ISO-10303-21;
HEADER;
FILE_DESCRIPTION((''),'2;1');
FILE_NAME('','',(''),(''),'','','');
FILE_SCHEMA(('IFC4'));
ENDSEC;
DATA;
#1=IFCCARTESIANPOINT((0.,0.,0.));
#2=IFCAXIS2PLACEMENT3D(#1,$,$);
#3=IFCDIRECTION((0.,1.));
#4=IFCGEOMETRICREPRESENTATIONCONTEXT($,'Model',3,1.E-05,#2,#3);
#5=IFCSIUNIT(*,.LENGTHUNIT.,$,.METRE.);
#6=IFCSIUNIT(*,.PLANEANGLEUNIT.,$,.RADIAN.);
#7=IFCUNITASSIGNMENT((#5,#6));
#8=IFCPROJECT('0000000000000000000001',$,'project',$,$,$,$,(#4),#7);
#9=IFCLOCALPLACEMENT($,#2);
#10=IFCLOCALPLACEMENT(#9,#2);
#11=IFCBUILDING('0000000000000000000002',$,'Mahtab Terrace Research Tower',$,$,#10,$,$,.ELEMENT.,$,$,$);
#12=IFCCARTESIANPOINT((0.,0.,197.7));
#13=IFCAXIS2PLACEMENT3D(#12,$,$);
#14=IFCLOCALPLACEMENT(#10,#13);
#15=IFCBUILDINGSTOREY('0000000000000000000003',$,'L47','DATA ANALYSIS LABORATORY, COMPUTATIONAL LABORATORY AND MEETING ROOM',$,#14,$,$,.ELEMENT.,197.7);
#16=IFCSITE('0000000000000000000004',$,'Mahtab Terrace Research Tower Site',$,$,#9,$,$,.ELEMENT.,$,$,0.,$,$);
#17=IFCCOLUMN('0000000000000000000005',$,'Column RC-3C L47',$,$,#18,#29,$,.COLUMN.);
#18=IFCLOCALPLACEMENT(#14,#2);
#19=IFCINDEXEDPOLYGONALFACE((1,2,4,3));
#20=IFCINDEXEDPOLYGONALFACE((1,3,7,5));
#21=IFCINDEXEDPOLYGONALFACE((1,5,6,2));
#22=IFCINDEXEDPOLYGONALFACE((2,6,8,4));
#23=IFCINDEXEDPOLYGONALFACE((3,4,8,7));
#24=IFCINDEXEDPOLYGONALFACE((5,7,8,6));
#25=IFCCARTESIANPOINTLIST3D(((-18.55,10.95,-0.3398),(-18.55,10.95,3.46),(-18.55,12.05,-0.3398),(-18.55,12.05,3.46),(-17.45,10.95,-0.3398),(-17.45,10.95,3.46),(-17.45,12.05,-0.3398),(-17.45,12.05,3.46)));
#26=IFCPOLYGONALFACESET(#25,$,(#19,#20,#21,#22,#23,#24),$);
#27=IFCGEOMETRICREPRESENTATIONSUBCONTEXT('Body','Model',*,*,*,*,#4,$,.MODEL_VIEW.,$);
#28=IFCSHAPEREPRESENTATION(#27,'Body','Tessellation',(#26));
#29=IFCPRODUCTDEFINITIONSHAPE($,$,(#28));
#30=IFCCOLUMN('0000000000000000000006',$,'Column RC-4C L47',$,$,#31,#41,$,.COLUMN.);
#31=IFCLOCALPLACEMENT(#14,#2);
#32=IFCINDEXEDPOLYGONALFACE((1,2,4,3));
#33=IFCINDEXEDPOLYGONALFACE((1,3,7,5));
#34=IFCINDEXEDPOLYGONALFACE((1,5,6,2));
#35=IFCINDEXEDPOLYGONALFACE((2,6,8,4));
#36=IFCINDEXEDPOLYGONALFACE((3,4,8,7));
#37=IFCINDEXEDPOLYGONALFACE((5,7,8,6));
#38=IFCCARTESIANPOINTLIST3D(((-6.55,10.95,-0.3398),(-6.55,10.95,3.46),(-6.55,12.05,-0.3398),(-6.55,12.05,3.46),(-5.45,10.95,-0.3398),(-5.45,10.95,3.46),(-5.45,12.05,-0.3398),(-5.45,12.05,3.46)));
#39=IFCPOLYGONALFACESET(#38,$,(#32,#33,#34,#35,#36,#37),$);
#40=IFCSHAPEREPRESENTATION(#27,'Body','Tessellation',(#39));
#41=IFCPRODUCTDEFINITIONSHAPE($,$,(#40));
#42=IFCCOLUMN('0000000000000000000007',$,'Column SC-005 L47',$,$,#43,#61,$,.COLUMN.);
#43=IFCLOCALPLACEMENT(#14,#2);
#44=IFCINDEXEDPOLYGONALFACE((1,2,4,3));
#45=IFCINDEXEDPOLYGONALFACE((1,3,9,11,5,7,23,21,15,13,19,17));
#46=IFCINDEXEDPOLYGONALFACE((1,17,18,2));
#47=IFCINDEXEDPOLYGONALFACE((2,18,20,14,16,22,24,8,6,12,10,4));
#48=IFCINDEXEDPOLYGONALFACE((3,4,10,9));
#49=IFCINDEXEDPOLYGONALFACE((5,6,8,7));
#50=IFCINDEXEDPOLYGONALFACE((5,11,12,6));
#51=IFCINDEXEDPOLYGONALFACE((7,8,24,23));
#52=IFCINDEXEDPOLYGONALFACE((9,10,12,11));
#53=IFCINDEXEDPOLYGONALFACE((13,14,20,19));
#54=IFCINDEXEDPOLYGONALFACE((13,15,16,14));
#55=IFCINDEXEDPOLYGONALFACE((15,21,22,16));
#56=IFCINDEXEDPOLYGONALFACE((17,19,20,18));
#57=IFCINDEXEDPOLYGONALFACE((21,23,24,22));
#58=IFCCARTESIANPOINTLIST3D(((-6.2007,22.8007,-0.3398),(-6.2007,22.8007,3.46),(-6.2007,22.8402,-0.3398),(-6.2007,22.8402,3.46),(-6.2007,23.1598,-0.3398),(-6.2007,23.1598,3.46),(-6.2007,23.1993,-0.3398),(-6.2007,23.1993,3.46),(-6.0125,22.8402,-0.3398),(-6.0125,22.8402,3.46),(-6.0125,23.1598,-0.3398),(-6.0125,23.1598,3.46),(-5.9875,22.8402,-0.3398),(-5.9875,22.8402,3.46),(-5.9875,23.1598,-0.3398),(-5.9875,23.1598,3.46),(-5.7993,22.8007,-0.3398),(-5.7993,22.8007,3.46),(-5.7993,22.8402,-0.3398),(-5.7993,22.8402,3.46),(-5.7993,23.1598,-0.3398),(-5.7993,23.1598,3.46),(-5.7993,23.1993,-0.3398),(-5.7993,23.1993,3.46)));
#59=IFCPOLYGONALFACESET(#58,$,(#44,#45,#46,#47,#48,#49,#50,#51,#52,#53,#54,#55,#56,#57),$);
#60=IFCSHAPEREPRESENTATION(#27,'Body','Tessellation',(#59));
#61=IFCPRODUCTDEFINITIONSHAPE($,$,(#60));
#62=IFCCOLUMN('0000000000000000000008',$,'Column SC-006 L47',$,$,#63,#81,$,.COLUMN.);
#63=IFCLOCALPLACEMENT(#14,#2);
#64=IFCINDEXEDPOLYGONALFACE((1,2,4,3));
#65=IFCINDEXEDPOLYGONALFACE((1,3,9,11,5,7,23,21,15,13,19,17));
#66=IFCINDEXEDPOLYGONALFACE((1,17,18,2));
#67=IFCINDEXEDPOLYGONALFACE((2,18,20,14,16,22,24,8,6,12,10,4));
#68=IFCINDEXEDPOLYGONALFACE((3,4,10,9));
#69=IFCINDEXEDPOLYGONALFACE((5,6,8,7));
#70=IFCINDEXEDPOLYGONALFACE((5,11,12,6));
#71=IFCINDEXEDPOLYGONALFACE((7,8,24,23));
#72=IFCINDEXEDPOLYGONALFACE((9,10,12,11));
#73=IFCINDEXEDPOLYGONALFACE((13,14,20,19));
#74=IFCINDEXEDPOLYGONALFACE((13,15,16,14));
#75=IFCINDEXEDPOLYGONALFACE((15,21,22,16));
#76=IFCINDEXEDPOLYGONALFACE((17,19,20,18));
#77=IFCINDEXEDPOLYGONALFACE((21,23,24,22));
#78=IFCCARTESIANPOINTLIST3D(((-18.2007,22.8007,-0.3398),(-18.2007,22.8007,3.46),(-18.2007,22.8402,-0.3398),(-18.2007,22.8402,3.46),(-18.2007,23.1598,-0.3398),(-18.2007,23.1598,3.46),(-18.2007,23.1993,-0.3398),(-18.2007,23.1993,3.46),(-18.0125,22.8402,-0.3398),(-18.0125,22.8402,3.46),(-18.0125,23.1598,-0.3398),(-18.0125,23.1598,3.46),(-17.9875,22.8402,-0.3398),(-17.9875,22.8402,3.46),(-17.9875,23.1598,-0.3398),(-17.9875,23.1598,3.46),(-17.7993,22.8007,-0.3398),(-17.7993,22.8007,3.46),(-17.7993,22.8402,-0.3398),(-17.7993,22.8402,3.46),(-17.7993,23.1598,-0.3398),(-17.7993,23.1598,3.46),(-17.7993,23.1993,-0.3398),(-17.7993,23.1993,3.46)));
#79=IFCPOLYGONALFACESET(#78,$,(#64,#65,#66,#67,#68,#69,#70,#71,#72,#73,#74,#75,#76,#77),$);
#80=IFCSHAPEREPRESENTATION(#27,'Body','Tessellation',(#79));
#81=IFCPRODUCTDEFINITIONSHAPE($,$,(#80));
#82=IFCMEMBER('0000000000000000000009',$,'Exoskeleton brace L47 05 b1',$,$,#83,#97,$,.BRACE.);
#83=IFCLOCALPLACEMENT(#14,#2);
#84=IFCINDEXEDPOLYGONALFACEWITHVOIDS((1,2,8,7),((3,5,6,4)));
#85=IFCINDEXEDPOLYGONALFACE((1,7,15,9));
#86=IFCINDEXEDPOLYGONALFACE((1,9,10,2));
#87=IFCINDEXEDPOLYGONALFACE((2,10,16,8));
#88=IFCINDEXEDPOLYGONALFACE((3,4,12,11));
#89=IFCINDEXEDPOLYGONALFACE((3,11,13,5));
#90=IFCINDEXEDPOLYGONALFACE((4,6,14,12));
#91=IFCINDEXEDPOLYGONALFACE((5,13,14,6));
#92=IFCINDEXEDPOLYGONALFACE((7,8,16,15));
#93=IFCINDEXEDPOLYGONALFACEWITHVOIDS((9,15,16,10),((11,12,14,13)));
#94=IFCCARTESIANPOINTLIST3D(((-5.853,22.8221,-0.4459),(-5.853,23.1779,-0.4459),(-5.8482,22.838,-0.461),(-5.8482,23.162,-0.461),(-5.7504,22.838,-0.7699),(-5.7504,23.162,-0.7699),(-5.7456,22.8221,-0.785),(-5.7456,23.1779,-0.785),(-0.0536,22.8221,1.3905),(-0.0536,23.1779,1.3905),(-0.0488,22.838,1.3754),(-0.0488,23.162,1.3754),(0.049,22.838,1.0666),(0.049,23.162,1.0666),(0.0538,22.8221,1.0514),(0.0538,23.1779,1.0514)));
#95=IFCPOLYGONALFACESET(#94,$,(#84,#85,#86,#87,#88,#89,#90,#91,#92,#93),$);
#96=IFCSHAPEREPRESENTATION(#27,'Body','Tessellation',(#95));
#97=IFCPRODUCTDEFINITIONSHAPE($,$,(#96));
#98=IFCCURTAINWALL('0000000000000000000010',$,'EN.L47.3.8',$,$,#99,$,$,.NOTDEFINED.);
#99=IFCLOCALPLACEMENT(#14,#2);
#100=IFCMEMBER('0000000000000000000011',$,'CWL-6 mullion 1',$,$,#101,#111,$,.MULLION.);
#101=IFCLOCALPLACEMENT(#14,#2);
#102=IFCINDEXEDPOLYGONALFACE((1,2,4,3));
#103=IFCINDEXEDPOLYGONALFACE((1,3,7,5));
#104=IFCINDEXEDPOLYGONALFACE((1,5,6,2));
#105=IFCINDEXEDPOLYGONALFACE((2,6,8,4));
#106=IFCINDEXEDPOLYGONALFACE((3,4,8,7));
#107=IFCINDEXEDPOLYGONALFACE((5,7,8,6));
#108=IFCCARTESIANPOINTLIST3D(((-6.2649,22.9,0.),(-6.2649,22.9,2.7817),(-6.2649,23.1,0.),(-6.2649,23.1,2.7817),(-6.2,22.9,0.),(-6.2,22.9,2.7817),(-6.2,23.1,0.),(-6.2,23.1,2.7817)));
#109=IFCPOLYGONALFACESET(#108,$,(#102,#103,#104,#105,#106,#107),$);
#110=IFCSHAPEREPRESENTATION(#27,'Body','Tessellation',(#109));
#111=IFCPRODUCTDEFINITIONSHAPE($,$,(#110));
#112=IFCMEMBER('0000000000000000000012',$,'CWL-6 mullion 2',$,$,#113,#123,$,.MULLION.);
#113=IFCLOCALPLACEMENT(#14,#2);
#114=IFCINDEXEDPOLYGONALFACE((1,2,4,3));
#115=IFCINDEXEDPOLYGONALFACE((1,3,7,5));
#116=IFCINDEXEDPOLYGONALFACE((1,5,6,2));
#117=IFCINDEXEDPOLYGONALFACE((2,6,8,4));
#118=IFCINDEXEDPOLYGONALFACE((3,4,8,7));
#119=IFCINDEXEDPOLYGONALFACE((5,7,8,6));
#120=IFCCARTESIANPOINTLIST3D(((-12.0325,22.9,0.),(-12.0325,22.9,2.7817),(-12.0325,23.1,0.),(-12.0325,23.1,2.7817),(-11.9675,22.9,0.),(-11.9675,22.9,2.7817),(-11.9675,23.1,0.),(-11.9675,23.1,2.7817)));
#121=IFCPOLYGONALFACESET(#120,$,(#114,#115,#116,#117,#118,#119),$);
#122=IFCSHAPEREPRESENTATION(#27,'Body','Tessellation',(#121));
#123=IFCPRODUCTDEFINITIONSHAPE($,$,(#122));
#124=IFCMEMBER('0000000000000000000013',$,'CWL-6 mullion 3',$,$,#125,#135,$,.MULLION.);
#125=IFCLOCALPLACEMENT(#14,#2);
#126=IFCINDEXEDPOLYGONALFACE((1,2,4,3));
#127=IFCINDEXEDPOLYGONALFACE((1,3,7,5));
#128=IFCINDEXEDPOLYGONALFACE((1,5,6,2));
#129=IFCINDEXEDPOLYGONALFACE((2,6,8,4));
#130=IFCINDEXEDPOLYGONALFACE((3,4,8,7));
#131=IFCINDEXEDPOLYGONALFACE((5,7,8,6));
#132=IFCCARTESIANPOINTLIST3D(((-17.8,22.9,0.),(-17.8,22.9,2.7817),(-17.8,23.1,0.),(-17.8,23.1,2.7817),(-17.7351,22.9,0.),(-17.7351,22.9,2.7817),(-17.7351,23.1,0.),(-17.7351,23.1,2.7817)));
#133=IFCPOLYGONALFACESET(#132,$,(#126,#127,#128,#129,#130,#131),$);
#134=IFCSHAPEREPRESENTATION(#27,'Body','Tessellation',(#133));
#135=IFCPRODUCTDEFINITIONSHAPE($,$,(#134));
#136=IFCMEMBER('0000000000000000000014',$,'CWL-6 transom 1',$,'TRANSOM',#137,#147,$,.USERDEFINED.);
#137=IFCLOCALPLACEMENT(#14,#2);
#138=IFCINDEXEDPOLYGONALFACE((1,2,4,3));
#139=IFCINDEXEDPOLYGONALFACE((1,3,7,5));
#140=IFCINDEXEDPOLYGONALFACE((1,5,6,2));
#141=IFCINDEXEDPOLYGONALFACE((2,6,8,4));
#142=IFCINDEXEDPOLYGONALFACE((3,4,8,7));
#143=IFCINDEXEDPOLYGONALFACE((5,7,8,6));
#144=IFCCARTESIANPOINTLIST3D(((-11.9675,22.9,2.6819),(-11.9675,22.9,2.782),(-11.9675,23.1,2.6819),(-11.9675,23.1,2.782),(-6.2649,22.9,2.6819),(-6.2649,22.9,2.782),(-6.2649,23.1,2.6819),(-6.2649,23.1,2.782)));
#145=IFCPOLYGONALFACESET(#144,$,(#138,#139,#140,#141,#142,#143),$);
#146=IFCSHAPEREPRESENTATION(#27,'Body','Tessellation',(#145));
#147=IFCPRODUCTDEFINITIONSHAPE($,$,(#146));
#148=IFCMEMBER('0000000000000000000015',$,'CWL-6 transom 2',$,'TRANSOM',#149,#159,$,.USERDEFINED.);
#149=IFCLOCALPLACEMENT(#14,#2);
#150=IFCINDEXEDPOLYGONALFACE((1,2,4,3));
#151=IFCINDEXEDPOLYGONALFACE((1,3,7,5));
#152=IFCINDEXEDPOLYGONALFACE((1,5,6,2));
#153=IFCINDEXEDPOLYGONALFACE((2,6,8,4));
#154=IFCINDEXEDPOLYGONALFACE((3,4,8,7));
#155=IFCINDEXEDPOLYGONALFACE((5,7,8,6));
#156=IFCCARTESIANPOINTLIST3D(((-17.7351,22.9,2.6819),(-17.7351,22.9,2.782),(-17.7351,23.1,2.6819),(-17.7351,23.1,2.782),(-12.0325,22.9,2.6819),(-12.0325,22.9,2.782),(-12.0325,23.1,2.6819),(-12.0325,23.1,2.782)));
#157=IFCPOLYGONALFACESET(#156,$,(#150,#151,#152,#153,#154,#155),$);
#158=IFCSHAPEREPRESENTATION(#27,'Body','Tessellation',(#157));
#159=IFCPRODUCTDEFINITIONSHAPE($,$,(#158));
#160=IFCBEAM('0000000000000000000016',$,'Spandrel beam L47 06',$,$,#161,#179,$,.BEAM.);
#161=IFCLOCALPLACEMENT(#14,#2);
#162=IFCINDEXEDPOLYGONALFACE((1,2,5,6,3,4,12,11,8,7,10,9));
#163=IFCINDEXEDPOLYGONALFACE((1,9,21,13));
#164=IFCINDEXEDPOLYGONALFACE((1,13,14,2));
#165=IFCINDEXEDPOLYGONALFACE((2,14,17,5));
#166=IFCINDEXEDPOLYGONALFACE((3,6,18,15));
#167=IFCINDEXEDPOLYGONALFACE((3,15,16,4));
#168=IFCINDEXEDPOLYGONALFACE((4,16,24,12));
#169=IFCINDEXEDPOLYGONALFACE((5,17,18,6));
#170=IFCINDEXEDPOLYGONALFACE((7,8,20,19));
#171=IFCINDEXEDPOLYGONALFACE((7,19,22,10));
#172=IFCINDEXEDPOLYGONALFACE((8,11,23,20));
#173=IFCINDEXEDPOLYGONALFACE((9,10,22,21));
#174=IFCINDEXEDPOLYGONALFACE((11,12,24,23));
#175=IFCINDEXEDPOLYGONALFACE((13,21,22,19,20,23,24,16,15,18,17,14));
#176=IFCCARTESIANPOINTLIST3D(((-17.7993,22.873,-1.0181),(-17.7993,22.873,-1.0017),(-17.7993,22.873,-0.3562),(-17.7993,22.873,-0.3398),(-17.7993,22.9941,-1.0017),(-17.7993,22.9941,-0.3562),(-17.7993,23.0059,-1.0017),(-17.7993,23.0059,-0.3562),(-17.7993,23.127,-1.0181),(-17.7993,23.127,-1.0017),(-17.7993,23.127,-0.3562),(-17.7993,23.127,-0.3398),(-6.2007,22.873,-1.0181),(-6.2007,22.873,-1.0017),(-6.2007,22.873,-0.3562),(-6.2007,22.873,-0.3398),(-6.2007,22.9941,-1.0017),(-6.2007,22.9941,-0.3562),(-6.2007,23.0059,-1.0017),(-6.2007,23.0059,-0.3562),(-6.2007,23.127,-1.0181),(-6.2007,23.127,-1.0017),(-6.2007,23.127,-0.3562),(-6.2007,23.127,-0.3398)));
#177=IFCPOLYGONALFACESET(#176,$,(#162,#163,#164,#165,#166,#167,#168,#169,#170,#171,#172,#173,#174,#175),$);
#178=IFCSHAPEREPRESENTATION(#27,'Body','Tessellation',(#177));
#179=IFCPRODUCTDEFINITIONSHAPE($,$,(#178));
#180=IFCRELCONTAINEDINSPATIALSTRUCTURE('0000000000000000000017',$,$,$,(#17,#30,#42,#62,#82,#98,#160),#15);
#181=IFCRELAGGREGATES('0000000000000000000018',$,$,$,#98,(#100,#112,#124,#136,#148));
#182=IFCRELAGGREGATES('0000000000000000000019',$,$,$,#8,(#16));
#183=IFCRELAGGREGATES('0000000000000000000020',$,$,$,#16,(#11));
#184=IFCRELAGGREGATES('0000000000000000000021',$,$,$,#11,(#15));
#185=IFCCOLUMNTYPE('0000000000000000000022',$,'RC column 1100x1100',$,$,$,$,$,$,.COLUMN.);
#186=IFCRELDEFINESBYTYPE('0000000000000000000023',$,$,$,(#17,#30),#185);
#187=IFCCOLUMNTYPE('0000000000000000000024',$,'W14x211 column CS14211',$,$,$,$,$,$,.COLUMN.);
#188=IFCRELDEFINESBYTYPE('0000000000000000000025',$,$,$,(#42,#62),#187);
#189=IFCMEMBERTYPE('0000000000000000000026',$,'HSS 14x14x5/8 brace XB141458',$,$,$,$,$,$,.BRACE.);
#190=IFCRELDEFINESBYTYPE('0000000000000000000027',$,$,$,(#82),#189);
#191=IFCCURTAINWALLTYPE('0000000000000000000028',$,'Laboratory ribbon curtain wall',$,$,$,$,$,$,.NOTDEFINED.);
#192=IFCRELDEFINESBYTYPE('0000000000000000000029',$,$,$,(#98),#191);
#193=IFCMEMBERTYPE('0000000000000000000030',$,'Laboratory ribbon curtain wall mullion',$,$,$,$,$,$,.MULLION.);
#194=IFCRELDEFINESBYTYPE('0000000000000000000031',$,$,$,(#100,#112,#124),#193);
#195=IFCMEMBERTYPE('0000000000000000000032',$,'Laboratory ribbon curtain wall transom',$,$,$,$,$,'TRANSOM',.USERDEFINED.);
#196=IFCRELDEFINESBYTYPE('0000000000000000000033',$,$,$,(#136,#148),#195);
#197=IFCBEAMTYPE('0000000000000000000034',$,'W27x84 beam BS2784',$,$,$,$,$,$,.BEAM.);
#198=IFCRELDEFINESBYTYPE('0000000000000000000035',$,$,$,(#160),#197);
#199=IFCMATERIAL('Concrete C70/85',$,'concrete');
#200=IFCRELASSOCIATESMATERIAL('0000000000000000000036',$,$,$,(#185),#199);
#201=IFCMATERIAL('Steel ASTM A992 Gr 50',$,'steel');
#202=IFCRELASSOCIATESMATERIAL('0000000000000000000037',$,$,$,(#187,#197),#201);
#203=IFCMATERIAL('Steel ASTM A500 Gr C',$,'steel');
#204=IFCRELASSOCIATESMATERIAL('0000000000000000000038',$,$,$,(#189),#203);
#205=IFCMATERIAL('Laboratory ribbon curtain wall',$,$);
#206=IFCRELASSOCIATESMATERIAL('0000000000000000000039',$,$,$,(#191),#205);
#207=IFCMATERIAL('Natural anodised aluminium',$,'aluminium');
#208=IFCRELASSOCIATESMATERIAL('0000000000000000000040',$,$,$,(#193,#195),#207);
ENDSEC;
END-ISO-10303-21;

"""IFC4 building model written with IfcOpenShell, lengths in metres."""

from ifc_helpers import new_model, si_unit, direction, frame, origin, origin_2d, place, context, subcontext, project, spatial, rectangle, hollow_rectangle, i_section, extrude, material, material_profile, profile_set, type_object, element, aggregate, save


model = new_model("IFC4")

# Units and contexts
model_context = context("Model", 3, precision=1e-05, world=origin(), true_north=direction((0.0, 1.0)))
body_context = subcontext(model_context, "Body", "Model", "MODEL_VIEW")
ifc_project = project(units=[si_unit("LENGTHUNIT", "METRE"), si_unit("PLANEANGLEUNIT", "RADIAN")], contexts=[model_context])

# Site, building, storey
site_placement = place(None, origin())
site = spatial("IfcSite", under=ifc_project, at=site_placement, Name="Mahtab Terrace Research Tower Site", CompositionType="ELEMENT", RefElevation=0.0)
building_placement = place(site_placement, origin())
building = spatial("IfcBuilding", under=site, at=building_placement, Name="Mahtab Terrace Research Tower", CompositionType="ELEMENT")
storey_placement = place(building_placement, frame((0.0, 0.0, 197.7)))
storey = spatial("IfcBuildingStorey", under=building, at=storey_placement, Name="L47", Description="DATA ANALYSIS LABORATORY, COMPUTATIONAL LABORATORY AND MEETING ROOM", CompositionType="ELEMENT", Elevation=197.7)

# Columns
ifc_material_1 = material(Name="Concrete C70/85", Category="concrete")
ifc_material_profile_1 = material_profile(ifc_material_1, rectangle(XDim=1.1001, YDim=1.1001, at=origin_2d()), Name="RC column 1100x1100")
ifc_profile_set_1 = profile_set([ifc_material_profile_1], Name="Concrete C70/85")
column_type_1 = type_object("IfcColumnType", Name="RC column 1100x1100", PredefinedType="COLUMN", material=ifc_profile_set_1)
for number, where, z_axis, x_axis, name in (
    (1, (-18.0, 11.5, -0.3398), (0.0, 0.0, 1.0), (1.0, 0.0, 0.0), "Column RC-3C L47"),
    (2, (-6.0, 11.5, -0.3398), (0.0, 0.0, 1.0), (1.0, 0.0, 0.0), "Column RC-4C L47"),
):
    element("IfcColumn", number, at=place(storey_placement, frame(where, z_axis=z_axis, x_axis=x_axis)), inside=storey, type_object=column_type_1, Name=name, PredefinedType="COLUMN", context=body_context, shape_type="SweptSolid", body=[
        extrude(rectangle(XDim=1.1001, YDim=1.1001, at=origin_2d()), origin(), (0.0, 0.0, 1.0), 3.7998),
    ])
ifc_material_2 = material(Name="Steel ASTM A992 Gr 50", Category="steel")
ifc_material_profile_2 = material_profile(ifc_material_2, i_section(OverallWidth=0.4014, OverallDepth=0.3987, WebThickness=0.0249, FlangeThickness=0.0396, at=origin_2d()), Name="W14X211")
ifc_profile_set_2 = profile_set([ifc_material_profile_2], Name="Steel ASTM A992 Gr 50")
column_type_2 = type_object("IfcColumnType", Name="W14x211 column CS14211", PredefinedType="COLUMN", material=ifc_profile_set_2)
for number, where, z_axis, x_axis, name in (
    (3, (-6.0, 23.0, -0.3398), (0.0, 0.0, 1.0), (1.0, 0.0, 0.0), "Column SC-005 L47"),
    (4, (-18.0, 23.0, -0.3398), (0.0, 0.0, 1.0), (1.0, 0.0, 0.0), "Column SC-006 L47"),
):
    element("IfcColumn", number, at=place(storey_placement, frame(where, z_axis=z_axis, x_axis=x_axis)), inside=storey, type_object=column_type_2, Name=name, PredefinedType="COLUMN", context=body_context, shape_type="SweptSolid", body=[
        extrude(i_section(OverallWidth=0.4014, OverallDepth=0.3987, WebThickness=0.0249, FlangeThickness=0.0396, at=origin_2d()), origin(), (0.0, 0.0, 1.0), 3.7998),
    ])

# Member
ifc_material_3 = material(Name="Steel ASTM A500 Gr C", Category="steel")
ifc_material_profile_3 = material_profile(ifc_material_3, hollow_rectangle(XDim=0.3557, YDim=0.3557, WallThickness=0.0159, at=origin_2d()), Name="HSS14X14X5/8")
ifc_profile_set_3 = profile_set([ifc_material_profile_3], Name="Steel ASTM A500 Gr C")
member_type_1 = type_object("IfcMemberType", Name="HSS 14x14x5/8 brace XB141458", PredefinedType="BRACE", material=ifc_profile_set_3)
member_1_placement = place(storey_placement, frame((-5.7993, 23.0, -0.6155), z_axis=(0.953343, 0.0, 0.301888), x_axis=(0.0, 1.0, 0.0)))
element("IfcMember", 5, at=member_1_placement, inside=storey, type_object=member_type_1, Name="Exoskeleton brace L47 05 b1", PredefinedType="BRACE", context=body_context, shape_type="SweptSolid", body=[
    extrude(hollow_rectangle(XDim=0.3557, YDim=0.3557, WallThickness=0.0159, at=origin_2d()), origin(), (0.0, 0.0, 1.0), 6.0833),
])

# Curtain wall, members
ifc_material_4 = material(Name="Laboratory ribbon curtain wall")
curtain_wall_type = type_object("IfcCurtainWallType", Name="Laboratory ribbon curtain wall", PredefinedType="NOTDEFINED", material=ifc_material_4)
curtain_wall_placement = place(storey_placement, origin())
curtain_wall = element("IfcCurtainWall", 6, at=curtain_wall_placement, inside=storey, type_object=curtain_wall_type, Name="EN.L47.3.8", PredefinedType="NOTDEFINED")
ifc_material_5 = material(Name="Natural anodised aluminium", Category="aluminium")
ifc_material_profile_4 = material_profile(ifc_material_5, rectangle(XDim=0.2, YDim=0.0649, at=origin_2d()), Name="MULLION 65x200")
ifc_profile_set_4 = profile_set([ifc_material_profile_4], Name="Natural anodised aluminium")
member_type_2 = type_object("IfcMemberType", Name="Laboratory ribbon curtain wall mullion", PredefinedType="MULLION", material=ifc_profile_set_4)
member_2_placement = place(storey_placement, frame((-6.2324, 23.0, 0.0), z_axis=(0.0, 0.0, 1.0), x_axis=(0.0, -1.0, 0.0)))
member_2 = element("IfcMember", 7, at=member_2_placement, type_object=member_type_2, Name="CWL-6 mullion 1", PredefinedType="MULLION", context=body_context, shape_type="SweptSolid", body=[
    extrude(rectangle(XDim=0.2, YDim=0.0649, at=origin_2d()), origin(), (0.0, 0.0, 1.0), 2.7817),
])
member_3_placement = place(storey_placement, frame((-12.0, 23.0, 0.0), z_axis=(0.0, 0.0, 1.0), x_axis=(0.0, -1.0, 0.0)))
member_3 = element("IfcMember", 8, at=member_3_placement, type_object=member_type_2, Name="CWL-6 mullion 2", PredefinedType="MULLION", context=body_context, shape_type="SweptSolid", body=[
    extrude(rectangle(XDim=0.2, YDim=0.0649, at=origin_2d()), origin(), (0.0, 0.0, 1.0), 2.7817),
])
member_4_placement = place(storey_placement, frame((-17.7676, 23.0, 0.0), z_axis=(0.0, 0.0, 1.0), x_axis=(0.0, -1.0, 0.0)))
member_4 = element("IfcMember", 9, at=member_4_placement, type_object=member_type_2, Name="CWL-6 mullion 3", PredefinedType="MULLION", context=body_context, shape_type="SweptSolid", body=[
    extrude(rectangle(XDim=0.2, YDim=0.0649, at=origin_2d()), origin(), (0.0, 0.0, 1.0), 2.7817),
])
ifc_material_profile_5 = material_profile(ifc_material_5, rectangle(XDim=0.2, YDim=0.1001, at=origin_2d()), Name="TRANSOM 100x200")
ifc_profile_set_5 = profile_set([ifc_material_profile_5], Name="Natural anodised aluminium")
member_type_3 = type_object("IfcMemberType", Name="Laboratory ribbon curtain wall transom", ElementType="TRANSOM", PredefinedType="USERDEFINED", material=ifc_profile_set_5)
member_5_placement = place(storey_placement, frame((-6.2649, 23.0, 2.7319), z_axis=(-1.0, 0.0, 0.0), x_axis=(0.0, -1.0, 0.0)))
member_5 = element("IfcMember", 10, at=member_5_placement, type_object=member_type_3, Name="CWL-6 transom 1", ObjectType="TRANSOM", PredefinedType="USERDEFINED", context=body_context, shape_type="SweptSolid", body=[
    extrude(rectangle(XDim=0.2, YDim=0.1001, at=origin_2d()), origin(), (0.0, 0.0, 1.0), 5.7026),
])
member_6_placement = place(storey_placement, frame((-12.0325, 23.0, 2.7319), z_axis=(-1.0, 0.0, 0.0), x_axis=(0.0, -1.0, 0.0)))
member_6 = element("IfcMember", 11, at=member_6_placement, type_object=member_type_3, Name="CWL-6 transom 2", ObjectType="TRANSOM", PredefinedType="USERDEFINED", context=body_context, shape_type="SweptSolid", body=[
    extrude(rectangle(XDim=0.2, YDim=0.1001, at=origin_2d()), origin(), (0.0, 0.0, 1.0), 5.7026),
])

# Beam
ifc_material_profile_6 = material_profile(ifc_material_2, i_section(OverallWidth=0.2539, OverallDepth=0.6782, WebThickness=0.0117, FlangeThickness=0.0164, at=origin_2d()), Name="W27X84")
ifc_profile_set_6 = profile_set([ifc_material_profile_6], Name="Steel ASTM A992 Gr 50")
beam_type = type_object("IfcBeamType", Name="W27x84 beam BS2784", PredefinedType="BEAM", material=ifc_profile_set_6)
beam_placement = place(storey_placement, frame((-6.2007, 23.0, -0.679), z_axis=(-1.0, 0.0, 0.0), x_axis=(0.0, -1.0, 0.0)))
element("IfcBeam", 12, at=beam_placement, inside=storey, type_object=beam_type, Name="Spandrel beam L47 06", PredefinedType="BEAM", context=body_context, shape_type="SweptSolid", body=[
    extrude(i_section(OverallWidth=0.2539, OverallDepth=0.6782, WebThickness=0.0117, FlangeThickness=0.0164, at=origin_2d()), origin(), (0.0, 0.0, 1.0), 11.5986),
])

aggregate(curtain_wall, [member_2, member_3, member_4, member_5, member_6])

save(model, "model.ifc")
